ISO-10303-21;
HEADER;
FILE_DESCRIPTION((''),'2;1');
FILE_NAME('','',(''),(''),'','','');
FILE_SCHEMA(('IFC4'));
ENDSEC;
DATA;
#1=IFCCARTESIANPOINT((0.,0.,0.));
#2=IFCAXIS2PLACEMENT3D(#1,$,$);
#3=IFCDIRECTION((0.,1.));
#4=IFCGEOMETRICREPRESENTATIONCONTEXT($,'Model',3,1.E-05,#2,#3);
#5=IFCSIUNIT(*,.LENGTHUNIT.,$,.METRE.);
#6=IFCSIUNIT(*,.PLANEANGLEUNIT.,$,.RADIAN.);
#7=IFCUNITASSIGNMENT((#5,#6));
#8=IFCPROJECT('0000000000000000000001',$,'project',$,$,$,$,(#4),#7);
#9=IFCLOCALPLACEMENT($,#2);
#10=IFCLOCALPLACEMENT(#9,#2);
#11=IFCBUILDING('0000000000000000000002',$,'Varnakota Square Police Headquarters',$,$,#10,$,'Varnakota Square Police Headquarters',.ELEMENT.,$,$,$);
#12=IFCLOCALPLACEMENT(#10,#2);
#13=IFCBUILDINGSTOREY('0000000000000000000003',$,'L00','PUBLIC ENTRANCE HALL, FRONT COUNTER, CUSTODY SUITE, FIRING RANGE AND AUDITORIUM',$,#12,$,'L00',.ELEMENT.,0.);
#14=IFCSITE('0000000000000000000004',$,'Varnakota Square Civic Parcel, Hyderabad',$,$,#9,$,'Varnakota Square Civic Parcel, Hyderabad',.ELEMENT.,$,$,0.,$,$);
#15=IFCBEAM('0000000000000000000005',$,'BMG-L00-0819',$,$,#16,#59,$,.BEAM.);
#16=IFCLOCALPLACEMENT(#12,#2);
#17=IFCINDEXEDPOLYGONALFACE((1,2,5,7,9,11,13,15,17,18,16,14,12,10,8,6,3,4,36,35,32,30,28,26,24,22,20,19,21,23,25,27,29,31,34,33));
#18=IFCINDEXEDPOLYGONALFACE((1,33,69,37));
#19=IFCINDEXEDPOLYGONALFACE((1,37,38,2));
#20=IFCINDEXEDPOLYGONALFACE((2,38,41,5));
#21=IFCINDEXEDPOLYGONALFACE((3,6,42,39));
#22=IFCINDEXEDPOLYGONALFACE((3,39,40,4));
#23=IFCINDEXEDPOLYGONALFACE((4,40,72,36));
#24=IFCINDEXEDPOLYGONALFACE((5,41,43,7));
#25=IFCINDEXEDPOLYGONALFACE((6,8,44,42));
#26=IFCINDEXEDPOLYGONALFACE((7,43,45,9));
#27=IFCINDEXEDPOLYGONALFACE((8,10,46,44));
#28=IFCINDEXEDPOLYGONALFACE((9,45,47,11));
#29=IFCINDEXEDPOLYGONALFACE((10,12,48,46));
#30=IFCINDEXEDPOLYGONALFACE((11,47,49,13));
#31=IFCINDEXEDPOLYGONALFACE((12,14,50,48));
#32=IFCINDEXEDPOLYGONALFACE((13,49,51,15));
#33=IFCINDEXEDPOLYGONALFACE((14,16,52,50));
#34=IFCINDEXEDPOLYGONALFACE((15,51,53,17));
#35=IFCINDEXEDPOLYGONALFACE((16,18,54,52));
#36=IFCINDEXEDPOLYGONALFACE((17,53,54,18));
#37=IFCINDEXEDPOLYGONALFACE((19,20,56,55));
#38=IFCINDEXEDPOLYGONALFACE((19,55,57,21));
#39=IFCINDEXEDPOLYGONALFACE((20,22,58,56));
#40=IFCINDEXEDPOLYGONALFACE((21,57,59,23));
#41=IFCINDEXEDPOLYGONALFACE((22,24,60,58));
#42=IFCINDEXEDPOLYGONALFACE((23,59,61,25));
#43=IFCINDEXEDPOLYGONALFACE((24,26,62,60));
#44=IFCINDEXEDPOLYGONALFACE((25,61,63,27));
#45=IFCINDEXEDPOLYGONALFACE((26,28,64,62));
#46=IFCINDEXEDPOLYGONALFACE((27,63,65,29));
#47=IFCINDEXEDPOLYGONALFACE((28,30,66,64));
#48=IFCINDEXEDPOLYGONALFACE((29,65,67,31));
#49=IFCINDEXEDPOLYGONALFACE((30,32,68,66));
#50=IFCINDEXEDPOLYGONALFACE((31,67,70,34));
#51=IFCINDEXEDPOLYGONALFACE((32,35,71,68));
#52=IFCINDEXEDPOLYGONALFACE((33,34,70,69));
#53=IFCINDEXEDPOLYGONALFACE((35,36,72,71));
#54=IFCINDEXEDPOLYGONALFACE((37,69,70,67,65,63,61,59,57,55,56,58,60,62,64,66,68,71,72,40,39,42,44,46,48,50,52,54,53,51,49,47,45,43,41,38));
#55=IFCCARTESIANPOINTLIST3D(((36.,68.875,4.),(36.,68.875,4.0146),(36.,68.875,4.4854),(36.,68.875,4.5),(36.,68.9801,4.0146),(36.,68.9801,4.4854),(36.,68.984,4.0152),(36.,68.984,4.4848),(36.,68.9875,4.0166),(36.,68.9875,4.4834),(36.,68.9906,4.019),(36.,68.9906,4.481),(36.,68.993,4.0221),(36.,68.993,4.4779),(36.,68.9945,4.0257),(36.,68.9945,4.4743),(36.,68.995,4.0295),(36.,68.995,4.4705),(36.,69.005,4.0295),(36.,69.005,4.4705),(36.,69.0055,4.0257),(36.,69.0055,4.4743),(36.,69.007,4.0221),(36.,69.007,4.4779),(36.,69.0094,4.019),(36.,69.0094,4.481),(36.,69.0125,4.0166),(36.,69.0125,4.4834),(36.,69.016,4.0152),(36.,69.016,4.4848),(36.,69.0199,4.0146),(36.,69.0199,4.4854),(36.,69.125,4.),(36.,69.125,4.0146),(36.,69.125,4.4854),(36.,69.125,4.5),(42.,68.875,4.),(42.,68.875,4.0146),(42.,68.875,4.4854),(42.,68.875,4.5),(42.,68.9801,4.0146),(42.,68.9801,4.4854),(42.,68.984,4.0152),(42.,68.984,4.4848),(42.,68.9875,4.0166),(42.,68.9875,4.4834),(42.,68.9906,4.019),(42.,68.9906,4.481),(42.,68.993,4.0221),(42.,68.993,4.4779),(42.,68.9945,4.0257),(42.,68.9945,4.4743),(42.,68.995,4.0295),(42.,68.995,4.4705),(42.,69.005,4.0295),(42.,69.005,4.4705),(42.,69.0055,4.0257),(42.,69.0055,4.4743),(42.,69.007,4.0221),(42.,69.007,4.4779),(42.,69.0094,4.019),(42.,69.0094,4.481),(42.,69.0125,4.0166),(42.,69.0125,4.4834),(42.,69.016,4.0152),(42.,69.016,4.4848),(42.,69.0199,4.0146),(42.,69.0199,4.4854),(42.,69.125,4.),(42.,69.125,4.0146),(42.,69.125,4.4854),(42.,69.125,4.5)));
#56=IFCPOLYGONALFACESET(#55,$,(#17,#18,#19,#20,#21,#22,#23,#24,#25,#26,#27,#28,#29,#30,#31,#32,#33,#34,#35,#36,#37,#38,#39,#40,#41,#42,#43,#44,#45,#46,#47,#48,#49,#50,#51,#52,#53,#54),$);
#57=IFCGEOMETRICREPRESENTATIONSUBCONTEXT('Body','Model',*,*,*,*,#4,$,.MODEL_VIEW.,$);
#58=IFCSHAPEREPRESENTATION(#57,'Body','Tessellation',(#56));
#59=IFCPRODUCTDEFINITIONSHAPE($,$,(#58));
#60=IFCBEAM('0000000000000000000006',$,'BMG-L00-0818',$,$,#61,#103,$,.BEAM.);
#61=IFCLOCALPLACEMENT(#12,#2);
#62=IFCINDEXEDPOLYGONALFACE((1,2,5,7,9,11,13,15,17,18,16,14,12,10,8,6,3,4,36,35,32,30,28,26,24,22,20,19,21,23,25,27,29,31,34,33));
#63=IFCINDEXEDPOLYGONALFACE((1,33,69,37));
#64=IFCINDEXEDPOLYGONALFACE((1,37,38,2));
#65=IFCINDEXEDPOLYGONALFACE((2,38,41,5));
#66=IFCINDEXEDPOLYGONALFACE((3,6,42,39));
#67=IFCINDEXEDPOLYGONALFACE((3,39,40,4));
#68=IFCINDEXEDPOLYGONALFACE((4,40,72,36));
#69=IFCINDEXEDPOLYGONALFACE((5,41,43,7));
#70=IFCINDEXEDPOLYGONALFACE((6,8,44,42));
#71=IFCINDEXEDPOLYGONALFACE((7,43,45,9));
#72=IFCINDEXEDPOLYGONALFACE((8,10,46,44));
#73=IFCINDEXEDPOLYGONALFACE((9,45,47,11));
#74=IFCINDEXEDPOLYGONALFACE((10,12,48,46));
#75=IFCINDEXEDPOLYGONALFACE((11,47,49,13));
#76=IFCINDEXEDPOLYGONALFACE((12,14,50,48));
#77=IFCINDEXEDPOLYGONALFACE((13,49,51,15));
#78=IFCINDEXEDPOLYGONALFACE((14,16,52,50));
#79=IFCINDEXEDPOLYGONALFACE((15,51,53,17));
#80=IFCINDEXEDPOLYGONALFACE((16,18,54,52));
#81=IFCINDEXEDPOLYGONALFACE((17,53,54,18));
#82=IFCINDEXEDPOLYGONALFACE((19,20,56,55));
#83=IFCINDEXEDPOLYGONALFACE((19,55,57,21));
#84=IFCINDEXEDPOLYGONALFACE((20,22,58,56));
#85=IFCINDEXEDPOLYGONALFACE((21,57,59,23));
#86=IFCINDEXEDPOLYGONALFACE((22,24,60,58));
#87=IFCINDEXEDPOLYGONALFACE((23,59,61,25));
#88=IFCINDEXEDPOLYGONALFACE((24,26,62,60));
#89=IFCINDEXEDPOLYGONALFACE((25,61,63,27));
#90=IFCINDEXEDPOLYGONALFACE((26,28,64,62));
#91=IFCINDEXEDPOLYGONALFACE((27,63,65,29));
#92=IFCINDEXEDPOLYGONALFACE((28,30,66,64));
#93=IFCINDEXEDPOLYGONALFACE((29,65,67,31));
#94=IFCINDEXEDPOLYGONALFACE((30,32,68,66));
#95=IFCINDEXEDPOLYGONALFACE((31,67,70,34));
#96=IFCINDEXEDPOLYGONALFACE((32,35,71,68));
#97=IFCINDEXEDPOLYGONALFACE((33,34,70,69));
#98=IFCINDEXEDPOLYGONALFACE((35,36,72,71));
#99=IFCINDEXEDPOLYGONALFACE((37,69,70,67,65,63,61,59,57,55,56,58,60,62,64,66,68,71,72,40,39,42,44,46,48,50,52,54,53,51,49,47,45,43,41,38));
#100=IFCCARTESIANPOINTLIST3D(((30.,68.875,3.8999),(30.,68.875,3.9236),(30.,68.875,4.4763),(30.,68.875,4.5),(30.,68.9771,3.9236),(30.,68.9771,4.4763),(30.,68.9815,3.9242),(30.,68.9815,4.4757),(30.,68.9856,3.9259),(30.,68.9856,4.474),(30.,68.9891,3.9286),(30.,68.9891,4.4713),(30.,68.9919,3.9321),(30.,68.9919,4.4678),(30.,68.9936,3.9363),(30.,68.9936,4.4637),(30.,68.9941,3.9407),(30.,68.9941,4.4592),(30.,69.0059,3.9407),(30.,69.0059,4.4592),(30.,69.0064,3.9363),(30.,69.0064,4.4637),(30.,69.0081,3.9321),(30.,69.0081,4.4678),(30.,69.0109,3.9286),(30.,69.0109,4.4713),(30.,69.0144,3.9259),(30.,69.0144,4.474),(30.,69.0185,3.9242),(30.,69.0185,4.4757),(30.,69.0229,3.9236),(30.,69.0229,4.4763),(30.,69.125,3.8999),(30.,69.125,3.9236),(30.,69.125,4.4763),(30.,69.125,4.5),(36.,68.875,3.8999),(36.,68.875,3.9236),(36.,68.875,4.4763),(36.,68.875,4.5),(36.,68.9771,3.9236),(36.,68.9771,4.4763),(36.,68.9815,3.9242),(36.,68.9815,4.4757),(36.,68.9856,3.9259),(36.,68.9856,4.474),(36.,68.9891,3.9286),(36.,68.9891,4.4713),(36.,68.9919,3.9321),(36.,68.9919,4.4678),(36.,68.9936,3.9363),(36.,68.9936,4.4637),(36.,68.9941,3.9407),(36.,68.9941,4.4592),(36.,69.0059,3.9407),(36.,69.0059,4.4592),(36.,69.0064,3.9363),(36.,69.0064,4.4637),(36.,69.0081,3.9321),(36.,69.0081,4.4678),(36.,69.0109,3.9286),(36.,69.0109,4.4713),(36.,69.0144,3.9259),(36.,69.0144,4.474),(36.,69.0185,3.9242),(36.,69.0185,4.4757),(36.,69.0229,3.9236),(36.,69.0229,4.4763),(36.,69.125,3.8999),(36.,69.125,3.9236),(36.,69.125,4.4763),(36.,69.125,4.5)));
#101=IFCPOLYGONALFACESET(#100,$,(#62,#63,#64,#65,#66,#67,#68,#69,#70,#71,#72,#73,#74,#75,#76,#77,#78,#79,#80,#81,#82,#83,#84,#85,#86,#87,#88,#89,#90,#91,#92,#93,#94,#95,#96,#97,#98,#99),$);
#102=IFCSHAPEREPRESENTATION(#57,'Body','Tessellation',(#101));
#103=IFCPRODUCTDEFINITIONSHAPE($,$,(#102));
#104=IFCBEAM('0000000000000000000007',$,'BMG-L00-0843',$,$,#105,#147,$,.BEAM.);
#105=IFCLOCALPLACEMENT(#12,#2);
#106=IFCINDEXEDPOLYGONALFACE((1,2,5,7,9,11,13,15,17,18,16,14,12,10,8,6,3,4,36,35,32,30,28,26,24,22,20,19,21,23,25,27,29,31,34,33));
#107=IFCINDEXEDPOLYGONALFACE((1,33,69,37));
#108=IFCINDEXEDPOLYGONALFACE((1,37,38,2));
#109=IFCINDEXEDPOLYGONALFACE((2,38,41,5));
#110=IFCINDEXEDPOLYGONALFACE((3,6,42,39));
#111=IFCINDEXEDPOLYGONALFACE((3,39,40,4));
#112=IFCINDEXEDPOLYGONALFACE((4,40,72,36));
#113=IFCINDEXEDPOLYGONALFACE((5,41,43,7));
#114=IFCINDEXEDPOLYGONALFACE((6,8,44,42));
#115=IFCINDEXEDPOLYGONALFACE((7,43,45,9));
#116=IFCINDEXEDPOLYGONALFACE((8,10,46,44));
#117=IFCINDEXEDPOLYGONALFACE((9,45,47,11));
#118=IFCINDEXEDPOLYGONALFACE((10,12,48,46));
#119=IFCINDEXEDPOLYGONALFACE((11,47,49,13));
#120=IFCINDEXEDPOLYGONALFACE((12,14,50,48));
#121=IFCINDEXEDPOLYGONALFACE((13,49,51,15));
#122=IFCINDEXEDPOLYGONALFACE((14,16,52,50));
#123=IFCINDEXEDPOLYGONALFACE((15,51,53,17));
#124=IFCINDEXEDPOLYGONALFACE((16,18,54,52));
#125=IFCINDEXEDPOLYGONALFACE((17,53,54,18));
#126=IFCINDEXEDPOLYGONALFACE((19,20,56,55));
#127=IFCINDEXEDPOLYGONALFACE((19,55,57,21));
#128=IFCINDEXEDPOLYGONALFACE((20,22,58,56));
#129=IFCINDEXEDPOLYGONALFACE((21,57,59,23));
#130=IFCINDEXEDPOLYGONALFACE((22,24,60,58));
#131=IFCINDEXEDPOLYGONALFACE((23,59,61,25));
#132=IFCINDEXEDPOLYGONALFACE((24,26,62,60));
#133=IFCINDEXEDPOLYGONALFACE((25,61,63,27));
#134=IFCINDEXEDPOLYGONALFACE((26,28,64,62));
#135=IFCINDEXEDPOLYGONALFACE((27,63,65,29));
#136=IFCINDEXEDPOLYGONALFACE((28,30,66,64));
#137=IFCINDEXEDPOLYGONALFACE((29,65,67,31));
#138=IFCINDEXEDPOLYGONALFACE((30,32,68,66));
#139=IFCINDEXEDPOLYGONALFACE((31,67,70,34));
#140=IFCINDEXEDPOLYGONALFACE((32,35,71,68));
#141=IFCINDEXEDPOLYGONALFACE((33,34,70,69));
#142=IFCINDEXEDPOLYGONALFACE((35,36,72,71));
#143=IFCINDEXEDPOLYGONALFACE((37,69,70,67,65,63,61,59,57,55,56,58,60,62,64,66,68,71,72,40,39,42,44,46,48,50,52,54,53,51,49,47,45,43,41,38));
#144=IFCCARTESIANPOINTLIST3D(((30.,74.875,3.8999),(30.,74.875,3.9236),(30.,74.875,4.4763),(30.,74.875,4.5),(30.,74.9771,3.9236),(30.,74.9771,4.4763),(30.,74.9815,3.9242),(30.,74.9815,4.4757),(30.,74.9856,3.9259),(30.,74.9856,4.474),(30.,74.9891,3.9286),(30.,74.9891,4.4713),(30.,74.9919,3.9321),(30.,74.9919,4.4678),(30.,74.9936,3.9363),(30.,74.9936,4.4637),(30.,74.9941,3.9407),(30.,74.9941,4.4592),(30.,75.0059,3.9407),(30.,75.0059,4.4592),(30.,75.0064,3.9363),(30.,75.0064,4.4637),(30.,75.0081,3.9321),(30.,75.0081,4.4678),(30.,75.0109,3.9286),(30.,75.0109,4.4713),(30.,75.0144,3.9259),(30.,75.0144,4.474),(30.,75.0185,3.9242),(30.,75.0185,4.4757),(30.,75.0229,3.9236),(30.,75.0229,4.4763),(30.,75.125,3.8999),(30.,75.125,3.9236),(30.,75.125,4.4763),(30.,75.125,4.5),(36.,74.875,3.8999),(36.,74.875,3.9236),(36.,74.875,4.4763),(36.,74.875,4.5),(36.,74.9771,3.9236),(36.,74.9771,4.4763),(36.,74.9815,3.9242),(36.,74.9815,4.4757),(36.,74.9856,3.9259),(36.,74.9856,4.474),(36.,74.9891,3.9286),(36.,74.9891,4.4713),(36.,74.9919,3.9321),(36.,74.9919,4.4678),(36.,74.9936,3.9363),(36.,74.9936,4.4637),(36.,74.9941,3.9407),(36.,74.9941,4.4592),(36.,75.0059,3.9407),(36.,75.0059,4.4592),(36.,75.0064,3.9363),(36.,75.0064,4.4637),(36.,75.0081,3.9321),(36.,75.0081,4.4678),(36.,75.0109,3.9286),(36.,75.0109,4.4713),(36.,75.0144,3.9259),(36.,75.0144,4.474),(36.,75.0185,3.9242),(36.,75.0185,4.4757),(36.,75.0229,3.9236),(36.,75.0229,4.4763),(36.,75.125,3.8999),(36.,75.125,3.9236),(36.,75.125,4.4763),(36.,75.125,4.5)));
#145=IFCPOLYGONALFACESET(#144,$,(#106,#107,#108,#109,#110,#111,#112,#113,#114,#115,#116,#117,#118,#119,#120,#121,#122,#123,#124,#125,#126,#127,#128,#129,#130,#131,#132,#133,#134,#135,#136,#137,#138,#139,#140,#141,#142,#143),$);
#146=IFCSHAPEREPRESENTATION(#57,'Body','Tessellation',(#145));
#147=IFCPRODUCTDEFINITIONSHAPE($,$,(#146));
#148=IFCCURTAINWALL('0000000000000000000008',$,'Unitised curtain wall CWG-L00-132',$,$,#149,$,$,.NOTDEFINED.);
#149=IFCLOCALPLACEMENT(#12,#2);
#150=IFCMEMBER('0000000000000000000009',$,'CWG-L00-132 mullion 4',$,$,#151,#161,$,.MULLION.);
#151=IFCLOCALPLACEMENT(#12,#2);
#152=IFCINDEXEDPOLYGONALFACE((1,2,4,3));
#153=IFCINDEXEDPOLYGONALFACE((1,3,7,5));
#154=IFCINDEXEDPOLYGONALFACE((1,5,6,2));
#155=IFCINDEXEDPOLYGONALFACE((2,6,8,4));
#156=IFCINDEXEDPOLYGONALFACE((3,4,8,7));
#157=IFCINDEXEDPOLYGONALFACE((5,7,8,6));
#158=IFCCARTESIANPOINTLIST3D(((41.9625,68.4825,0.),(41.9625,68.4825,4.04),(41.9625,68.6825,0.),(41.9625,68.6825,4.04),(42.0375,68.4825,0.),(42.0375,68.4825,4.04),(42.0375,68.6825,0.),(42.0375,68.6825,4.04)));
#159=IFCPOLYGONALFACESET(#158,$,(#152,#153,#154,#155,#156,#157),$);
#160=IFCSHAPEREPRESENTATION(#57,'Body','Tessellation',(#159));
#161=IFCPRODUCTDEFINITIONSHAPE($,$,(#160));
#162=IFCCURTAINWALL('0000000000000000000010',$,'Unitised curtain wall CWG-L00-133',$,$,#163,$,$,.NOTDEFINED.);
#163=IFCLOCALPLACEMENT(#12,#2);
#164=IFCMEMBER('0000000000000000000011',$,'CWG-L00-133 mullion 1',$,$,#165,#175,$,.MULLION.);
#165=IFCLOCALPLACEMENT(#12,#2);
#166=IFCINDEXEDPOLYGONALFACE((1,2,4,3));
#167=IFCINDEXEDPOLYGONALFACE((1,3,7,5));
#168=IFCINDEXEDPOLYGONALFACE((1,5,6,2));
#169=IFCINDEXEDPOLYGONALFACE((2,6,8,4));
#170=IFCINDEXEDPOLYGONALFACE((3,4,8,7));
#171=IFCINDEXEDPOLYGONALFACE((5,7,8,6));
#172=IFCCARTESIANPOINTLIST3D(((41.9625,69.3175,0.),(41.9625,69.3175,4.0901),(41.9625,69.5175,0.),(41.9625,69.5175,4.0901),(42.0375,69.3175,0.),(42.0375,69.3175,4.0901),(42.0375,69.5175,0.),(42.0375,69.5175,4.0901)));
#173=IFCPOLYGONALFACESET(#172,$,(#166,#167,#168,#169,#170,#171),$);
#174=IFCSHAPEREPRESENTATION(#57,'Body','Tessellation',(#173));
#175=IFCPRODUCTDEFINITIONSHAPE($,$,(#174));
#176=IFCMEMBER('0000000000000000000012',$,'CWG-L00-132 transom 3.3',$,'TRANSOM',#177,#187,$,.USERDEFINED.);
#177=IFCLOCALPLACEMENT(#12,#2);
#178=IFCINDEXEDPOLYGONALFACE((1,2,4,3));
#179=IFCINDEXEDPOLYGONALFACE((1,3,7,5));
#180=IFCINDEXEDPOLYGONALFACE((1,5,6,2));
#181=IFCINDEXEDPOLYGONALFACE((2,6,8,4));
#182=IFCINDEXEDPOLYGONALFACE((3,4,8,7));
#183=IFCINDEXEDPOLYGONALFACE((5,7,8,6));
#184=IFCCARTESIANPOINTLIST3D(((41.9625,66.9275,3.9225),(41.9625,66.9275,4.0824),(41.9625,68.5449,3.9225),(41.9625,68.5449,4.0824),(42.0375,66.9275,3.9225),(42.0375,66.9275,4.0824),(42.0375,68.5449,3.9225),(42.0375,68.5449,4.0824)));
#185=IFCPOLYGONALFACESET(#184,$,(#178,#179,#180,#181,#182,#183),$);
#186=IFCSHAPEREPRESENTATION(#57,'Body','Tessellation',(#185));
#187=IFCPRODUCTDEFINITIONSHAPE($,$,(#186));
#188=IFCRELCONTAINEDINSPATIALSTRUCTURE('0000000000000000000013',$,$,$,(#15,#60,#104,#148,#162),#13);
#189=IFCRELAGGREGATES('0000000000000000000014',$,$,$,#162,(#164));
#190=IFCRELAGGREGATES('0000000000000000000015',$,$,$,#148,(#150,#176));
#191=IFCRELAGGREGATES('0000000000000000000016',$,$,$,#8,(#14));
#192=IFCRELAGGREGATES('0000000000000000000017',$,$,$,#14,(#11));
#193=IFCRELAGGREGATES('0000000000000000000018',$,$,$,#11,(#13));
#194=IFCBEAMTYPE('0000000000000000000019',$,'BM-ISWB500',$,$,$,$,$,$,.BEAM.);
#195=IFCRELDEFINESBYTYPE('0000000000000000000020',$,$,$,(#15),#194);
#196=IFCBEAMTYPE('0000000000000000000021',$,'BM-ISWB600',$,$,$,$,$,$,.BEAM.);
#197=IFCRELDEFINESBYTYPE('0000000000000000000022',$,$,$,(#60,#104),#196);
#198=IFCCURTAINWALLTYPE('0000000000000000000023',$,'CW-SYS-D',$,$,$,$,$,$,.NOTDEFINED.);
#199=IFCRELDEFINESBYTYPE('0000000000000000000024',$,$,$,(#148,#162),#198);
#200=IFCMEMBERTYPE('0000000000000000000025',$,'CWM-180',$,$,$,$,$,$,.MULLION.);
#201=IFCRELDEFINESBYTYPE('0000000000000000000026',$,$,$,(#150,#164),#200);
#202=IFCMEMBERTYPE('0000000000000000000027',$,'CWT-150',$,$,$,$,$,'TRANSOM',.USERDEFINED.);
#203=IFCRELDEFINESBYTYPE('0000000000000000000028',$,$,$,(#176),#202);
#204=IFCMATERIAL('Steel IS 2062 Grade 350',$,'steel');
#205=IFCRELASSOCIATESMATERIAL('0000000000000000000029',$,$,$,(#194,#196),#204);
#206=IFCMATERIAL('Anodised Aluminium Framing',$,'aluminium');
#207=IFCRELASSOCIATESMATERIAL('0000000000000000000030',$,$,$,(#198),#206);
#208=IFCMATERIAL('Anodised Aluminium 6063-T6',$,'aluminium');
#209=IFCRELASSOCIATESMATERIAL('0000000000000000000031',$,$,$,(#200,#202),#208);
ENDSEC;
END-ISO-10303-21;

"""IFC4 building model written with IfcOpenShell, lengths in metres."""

from ifc_helpers import new_model, si_unit, direction, frame, origin, origin_2d, place, context, subcontext, project, spatial, rectangle, i_section, extrude, material, material_profile, profile_set, type_object, element, aggregate, save


model = new_model("IFC4")

# Units and contexts
model_context = context("Model", 3, precision=1e-05, world=origin(), true_north=direction((0.0, 1.0)))
body_context = subcontext(model_context, "Body", "Model", "MODEL_VIEW")
ifc_project = project(units=[si_unit("LENGTHUNIT", "METRE"), si_unit("PLANEANGLEUNIT", "RADIAN")], contexts=[model_context])

# Site, building, storey
site_placement = place(None, origin())
site = spatial("IfcSite", under=ifc_project, at=site_placement, Name="Varnakota Square Civic Parcel, Hyderabad", LongName="Varnakota Square Civic Parcel, Hyderabad", CompositionType="ELEMENT", RefElevation=0.0)
building_placement = place(site_placement, origin())
building = spatial("IfcBuilding", under=site, at=building_placement, Name="Varnakota Square Police Headquarters", LongName="Varnakota Square Police Headquarters", CompositionType="ELEMENT")
storey_placement = place(building_placement, origin())
storey = spatial("IfcBuildingStorey", under=building, at=storey_placement, Name="L00", Description="PUBLIC ENTRANCE HALL, FRONT COUNTER, CUSTODY SUITE, FIRING RANGE AND AUDITORIUM", LongName="L00", CompositionType="ELEMENT", Elevation=0.0)

# Beams
ifc_material_1 = material(Name="Steel IS 2062 Grade 350", Category="steel")
ifc_material_profile_1 = material_profile(ifc_material_1, i_section(OverallWidth=0.25, OverallDepth=0.5, WebThickness=0.01, FlangeThickness=0.0146, FilletRadius=0.0149, at=origin_2d()), Name="ISWB 500")
ifc_profile_set_1 = profile_set([ifc_material_profile_1], Name="Steel IS 2062 Grade 350")
beam_type_1 = type_object("IfcBeamType", Name="BM-ISWB500", PredefinedType="BEAM", material=ifc_profile_set_1)
beam_1_placement = place(storey_placement, frame((36.0, 69.0, 4.25), z_axis=(1.0, 0.0, 0.0), x_axis=(0.0, 1.0, 0.0)))
element("IfcBeam", 1, at=beam_1_placement, inside=storey, type_object=beam_type_1, Name="BMG-L00-0819", PredefinedType="BEAM", context=body_context, shape_type="SweptSolid", body=[
    extrude(i_section(OverallWidth=0.25, OverallDepth=0.5, WebThickness=0.01, FlangeThickness=0.0146, FilletRadius=0.0149, at=origin_2d()), origin(), (0.0, 0.0, 1.0), 6.0),
])
ifc_material_profile_2 = material_profile(ifc_material_1, i_section(OverallWidth=0.25, OverallDepth=0.6001, WebThickness=0.0117, FlangeThickness=0.0237, FilletRadius=0.0171, at=origin_2d()), Name="ISWB 600")
ifc_profile_set_2 = profile_set([ifc_material_profile_2], Name="Steel IS 2062 Grade 350")
beam_type_2 = type_object("IfcBeamType", Name="BM-ISWB600", PredefinedType="BEAM", material=ifc_profile_set_2)
for number, where, z_axis, x_axis, name in (
    (2, (30.0, 69.0, 4.2), (1.0, 0.0, 0.0), (0.0, 1.0, 0.0), "BMG-L00-0818"),
    (3, (30.0, 75.0, 4.2), (1.0, 0.0, 0.0), (0.0, 1.0, 0.0), "BMG-L00-0843"),
):
    element("IfcBeam", number, at=place(storey_placement, frame(where, z_axis=z_axis, x_axis=x_axis)), inside=storey, type_object=beam_type_2, Name=name, PredefinedType="BEAM", context=body_context, shape_type="SweptSolid", body=[
        extrude(i_section(OverallWidth=0.25, OverallDepth=0.6001, WebThickness=0.0117, FlangeThickness=0.0237, FilletRadius=0.0171, at=origin_2d()), origin(), (0.0, 0.0, 1.0), 6.0),
    ])

# Curtain walls, members
ifc_material_2 = material(Name="Anodised Aluminium Framing", Category="aluminium")
curtain_wall_type = type_object("IfcCurtainWallType", Name="CW-SYS-D", PredefinedType="NOTDEFINED", material=ifc_material_2)
curtain_wall_1_placement = place(storey_placement, origin())
curtain_wall_1 = element("IfcCurtainWall", 4, at=curtain_wall_1_placement, inside=storey, type_object=curtain_wall_type, Name="Unitised curtain wall CWG-L00-132", PredefinedType="NOTDEFINED")
ifc_material_3 = material(Name="Anodised Aluminium 6063-T6", Category="aluminium")
ifc_material_profile_3 = material_profile(ifc_material_3, rectangle(XDim=0.075, YDim=0.2, at=origin_2d()), Name="ALU MULLION 75x200")
ifc_profile_set_3 = profile_set([ifc_material_profile_3], Name="Anodised Aluminium 6063-T6")
member_type_1 = type_object("IfcMemberType", Name="CWM-180", PredefinedType="MULLION", material=ifc_profile_set_3)
member_1_placement = place(storey_placement, frame((42.0, 68.5825, 0.0), z_axis=(0.0, 0.0, 1.0), x_axis=(-1.0, 0.0, 0.0)))
member_1 = element("IfcMember", 5, at=member_1_placement, type_object=member_type_1, Name="CWG-L00-132 mullion 4", PredefinedType="MULLION", context=body_context, shape_type="SweptSolid", body=[
    extrude(rectangle(XDim=0.075, YDim=0.2, at=origin_2d()), origin(), (0.0, 0.0, 1.0), 4.04),
])
curtain_wall_2_placement = place(storey_placement, origin())
curtain_wall_2 = element("IfcCurtainWall", 6, at=curtain_wall_2_placement, inside=storey, type_object=curtain_wall_type, Name="Unitised curtain wall CWG-L00-133", PredefinedType="NOTDEFINED")
member_2_placement = place(storey_placement, frame((42.0, 69.4175, 0.0), z_axis=(0.0, 0.0, 1.0), x_axis=(-1.0, 0.0, 0.0)))
member_2 = element("IfcMember", 7, at=member_2_placement, type_object=member_type_1, Name="CWG-L00-133 mullion 1", PredefinedType="MULLION", context=body_context, shape_type="SweptSolid", body=[
    extrude(rectangle(XDim=0.075, YDim=0.2, at=origin_2d()), origin(), (0.0, 0.0, 1.0), 4.0901),
])
aggregate(curtain_wall_2, [member_2])

# Member
ifc_material_profile_4 = material_profile(ifc_material_3, rectangle(XDim=0.075, YDim=0.1599, at=origin_2d()), Name="ALU TRANSOM 75x160")
ifc_profile_set_4 = profile_set([ifc_material_profile_4], Name="Anodised Aluminium 6063-T6")
member_type_2 = type_object("IfcMemberType", Name="CWT-150", ElementType="TRANSOM", PredefinedType="USERDEFINED", material=ifc_profile_set_4)
member_3_placement = place(storey_placement, frame((42.0, 66.9275, 4.0024), z_axis=(0.0, 1.0, 0.0), x_axis=(-1.0, 0.0, 0.0)))
member_3 = element("IfcMember", 8, at=member_3_placement, type_object=member_type_2, Name="CWG-L00-132 transom 3.3", ObjectType="TRANSOM", PredefinedType="USERDEFINED", context=body_context, shape_type="SweptSolid", body=[
    extrude(rectangle(XDim=0.075, YDim=0.1599, at=origin_2d()), origin(), (0.0, 0.0, 1.0), 1.6174),
])

aggregate(curtain_wall_1, [member_1, member_3])

save(model, "model.ifc")
